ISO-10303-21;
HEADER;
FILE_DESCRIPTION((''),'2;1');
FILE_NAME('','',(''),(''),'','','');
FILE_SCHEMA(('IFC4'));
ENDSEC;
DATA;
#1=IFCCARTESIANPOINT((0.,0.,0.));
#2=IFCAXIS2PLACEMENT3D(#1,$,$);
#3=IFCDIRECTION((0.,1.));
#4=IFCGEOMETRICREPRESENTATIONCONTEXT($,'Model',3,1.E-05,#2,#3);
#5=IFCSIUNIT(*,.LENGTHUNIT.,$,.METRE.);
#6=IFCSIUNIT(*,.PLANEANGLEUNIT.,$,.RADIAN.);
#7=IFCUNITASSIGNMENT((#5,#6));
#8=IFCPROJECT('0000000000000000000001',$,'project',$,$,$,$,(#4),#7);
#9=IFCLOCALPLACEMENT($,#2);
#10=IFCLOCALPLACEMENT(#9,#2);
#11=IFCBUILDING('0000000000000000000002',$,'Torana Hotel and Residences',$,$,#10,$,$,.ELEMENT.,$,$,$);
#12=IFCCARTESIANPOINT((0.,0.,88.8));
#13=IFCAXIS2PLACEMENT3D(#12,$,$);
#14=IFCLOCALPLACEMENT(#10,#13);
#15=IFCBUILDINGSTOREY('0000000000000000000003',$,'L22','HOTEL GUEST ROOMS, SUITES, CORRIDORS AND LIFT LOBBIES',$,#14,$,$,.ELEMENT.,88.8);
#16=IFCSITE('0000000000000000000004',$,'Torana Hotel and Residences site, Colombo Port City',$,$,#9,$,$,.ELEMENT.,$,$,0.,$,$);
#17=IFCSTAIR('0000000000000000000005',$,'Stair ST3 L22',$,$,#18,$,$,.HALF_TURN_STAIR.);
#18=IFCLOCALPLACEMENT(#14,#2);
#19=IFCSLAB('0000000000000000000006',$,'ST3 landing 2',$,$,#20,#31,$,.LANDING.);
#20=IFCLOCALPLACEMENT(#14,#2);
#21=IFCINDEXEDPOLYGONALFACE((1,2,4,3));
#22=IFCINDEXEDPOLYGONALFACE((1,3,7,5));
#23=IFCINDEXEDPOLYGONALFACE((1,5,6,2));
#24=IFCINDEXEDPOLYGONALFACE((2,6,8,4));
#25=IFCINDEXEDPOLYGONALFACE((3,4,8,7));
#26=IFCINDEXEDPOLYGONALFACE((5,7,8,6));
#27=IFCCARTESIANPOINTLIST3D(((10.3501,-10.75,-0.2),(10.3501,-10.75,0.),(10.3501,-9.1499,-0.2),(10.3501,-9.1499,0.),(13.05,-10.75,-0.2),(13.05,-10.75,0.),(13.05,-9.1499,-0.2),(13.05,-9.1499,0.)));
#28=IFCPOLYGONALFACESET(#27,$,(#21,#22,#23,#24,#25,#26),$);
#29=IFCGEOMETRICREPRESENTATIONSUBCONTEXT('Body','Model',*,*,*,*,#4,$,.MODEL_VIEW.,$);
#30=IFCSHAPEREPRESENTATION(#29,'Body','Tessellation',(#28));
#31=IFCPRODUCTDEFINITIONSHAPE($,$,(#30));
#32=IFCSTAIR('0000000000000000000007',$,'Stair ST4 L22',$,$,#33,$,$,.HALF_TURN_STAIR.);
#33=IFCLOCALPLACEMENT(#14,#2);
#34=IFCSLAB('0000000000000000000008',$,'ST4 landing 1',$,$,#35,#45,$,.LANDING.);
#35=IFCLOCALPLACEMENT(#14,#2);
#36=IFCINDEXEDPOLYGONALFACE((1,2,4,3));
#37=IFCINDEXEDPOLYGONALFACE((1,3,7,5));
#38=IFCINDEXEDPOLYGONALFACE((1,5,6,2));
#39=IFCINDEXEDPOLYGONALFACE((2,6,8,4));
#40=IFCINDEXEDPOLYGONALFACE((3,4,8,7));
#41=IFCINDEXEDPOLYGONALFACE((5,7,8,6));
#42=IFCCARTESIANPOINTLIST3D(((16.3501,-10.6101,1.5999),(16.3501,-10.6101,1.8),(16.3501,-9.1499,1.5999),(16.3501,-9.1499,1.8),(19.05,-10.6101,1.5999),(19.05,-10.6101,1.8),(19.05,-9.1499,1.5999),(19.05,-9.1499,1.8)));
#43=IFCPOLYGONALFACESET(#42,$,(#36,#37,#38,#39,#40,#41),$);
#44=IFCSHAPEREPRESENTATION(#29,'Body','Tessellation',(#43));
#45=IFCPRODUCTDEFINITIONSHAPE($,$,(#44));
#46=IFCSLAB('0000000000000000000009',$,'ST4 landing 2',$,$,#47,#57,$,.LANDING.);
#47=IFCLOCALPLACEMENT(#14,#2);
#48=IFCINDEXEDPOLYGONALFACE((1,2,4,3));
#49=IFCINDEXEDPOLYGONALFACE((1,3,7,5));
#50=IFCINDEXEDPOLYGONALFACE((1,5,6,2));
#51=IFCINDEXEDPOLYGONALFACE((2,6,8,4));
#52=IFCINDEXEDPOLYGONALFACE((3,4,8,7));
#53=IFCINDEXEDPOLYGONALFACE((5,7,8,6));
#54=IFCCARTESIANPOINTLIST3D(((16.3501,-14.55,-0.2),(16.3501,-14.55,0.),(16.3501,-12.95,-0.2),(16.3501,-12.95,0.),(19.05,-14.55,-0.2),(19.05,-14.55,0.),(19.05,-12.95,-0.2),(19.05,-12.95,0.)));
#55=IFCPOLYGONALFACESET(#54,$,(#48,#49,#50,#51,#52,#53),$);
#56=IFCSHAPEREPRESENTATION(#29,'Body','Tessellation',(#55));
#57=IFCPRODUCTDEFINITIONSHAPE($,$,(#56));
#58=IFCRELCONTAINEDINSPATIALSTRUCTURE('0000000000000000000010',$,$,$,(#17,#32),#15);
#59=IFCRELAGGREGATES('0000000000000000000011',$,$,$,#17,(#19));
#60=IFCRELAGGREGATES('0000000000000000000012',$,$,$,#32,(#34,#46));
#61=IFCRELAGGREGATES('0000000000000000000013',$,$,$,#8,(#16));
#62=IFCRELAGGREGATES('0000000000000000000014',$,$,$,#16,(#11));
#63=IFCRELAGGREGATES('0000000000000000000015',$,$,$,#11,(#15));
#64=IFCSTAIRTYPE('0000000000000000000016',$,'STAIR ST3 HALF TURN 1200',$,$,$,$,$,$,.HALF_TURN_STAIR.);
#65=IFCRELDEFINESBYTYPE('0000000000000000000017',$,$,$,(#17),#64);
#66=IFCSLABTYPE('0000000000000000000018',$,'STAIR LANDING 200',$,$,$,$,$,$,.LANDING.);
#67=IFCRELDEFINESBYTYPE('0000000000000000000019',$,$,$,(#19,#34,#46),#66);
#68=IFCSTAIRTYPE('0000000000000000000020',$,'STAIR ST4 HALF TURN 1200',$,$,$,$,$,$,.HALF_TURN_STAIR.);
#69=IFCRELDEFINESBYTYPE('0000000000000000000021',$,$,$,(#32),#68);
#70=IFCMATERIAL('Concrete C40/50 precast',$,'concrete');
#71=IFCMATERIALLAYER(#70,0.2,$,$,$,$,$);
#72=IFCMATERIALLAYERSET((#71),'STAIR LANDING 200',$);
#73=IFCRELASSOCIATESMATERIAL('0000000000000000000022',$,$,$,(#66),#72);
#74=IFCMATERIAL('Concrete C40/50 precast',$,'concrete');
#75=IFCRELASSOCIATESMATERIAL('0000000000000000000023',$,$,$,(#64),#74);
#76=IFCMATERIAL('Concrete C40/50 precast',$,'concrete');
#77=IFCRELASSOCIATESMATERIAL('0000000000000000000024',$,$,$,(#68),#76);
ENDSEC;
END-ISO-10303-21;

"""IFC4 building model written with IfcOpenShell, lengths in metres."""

from ifc_helpers import new_model, si_unit, direction, frame, origin, place, context, subcontext, project, spatial, polyline, outline, extrude, material, layer, layer_set, type_object, element, aggregate, save


model = new_model("IFC4")

# Units and contexts
model_context = context("Model", 3, precision=1e-05, world=origin(), true_north=direction((0.0, 1.0)))
body_context = subcontext(model_context, "Body", "Model", "MODEL_VIEW")
ifc_project = project(units=[si_unit("LENGTHUNIT", "METRE"), si_unit("PLANEANGLEUNIT", "RADIAN")], contexts=[model_context])

# Site, building, storey
site_placement = place(None, origin())
site = spatial("IfcSite", under=ifc_project, at=site_placement, Name="Torana Hotel and Residences site, Colombo Port City", CompositionType="ELEMENT", RefElevation=0.0)
building_placement = place(site_placement, origin())
building = spatial("IfcBuilding", under=site, at=building_placement, Name="Torana Hotel and Residences", CompositionType="ELEMENT")
storey_placement = place(building_placement, frame((0.0, 0.0, 88.8)))
storey = spatial("IfcBuildingStorey", under=building, at=storey_placement, Name="L22", Description="HOTEL GUEST ROOMS, SUITES, CORRIDORS AND LIFT LOBBIES", CompositionType="ELEMENT", Elevation=88.8)

# Stairs, slabs
ifc_material_1 = material(Name="Concrete C40/50 precast", Category="concrete")
ifc_layer_1 = layer(ifc_material_1, 0.2)
ifc_layer_set_1 = layer_set([ifc_layer_1], Name="STAIR LANDING 200")
slab_type_1 = type_object("IfcSlabType", Name="STAIR LANDING 200", PredefinedType="LANDING", material=ifc_layer_set_1)
ifc_material_2 = material(Name="Concrete C40/50 precast", Category="concrete")
stair_type_1 = type_object("IfcStairType", Name="STAIR ST3 HALF TURN 1200", PredefinedType="HALF_TURN_STAIR", material=ifc_material_2)
stair_1_placement = place(storey_placement, origin())
stair_1 = element("IfcStair", 1, at=stair_1_placement, inside=storey, type_object=stair_type_1, Name="Stair ST3 L22", PredefinedType="HALF_TURN_STAIR")
slab_1_placement = place(storey_placement, frame((0.0, 0.0, -0.2)))
slab_1 = element("IfcSlab", 2, at=slab_1_placement, type_object=slab_type_1, Name="ST3 landing 2", PredefinedType="LANDING", context=body_context, shape_type="SweptSolid", body=[
    extrude(outline(polyline([(10.3501, -10.75), (13.05, -10.75), (13.05, -9.1499), (10.3501, -9.1499), (10.3501, -10.75)])), origin(), (0.0, 0.0, 1.0), 0.2),
])
aggregate(stair_1, [slab_1])
ifc_material_3 = material(Name="Concrete C40/50 precast", Category="concrete")
stair_type_2 = type_object("IfcStairType", Name="STAIR ST4 HALF TURN 1200", PredefinedType="HALF_TURN_STAIR", material=ifc_material_3)
stair_2_placement = place(storey_placement, origin())
stair_2 = element("IfcStair", 3, at=stair_2_placement, inside=storey, type_object=stair_type_2, Name="Stair ST4 L22", PredefinedType="HALF_TURN_STAIR")
slab_2_placement = place(storey_placement, frame((0.0, 0.0, 1.5999)))
slab_2 = element("IfcSlab", 4, at=slab_2_placement, type_object=slab_type_1, Name="ST4 landing 1", PredefinedType="LANDING", context=body_context, shape_type="SweptSolid", body=[
    extrude(outline(polyline([(16.3501, -10.6101), (19.05, -10.6101), (19.05, -9.1499), (16.3501, -9.1499), (16.3501, -10.6101)])), origin(), (0.0, 0.0, 1.0), 0.2002),
])
slab_3_placement = place(storey_placement, frame((0.0, 0.0, -0.2)))
slab_3 = element("IfcSlab", 5, at=slab_3_placement, type_object=slab_type_1, Name="ST4 landing 2", PredefinedType="LANDING", context=body_context, shape_type="SweptSolid", body=[
    extrude(outline(polyline([(16.3501, -14.55), (19.05, -14.55), (19.05, -12.95), (16.3501, -12.95), (16.3501, -14.55)])), origin(), (0.0, 0.0, 1.0), 0.2),
])
aggregate(stair_2, [slab_2, slab_3])

save(model, "model.ifc")
